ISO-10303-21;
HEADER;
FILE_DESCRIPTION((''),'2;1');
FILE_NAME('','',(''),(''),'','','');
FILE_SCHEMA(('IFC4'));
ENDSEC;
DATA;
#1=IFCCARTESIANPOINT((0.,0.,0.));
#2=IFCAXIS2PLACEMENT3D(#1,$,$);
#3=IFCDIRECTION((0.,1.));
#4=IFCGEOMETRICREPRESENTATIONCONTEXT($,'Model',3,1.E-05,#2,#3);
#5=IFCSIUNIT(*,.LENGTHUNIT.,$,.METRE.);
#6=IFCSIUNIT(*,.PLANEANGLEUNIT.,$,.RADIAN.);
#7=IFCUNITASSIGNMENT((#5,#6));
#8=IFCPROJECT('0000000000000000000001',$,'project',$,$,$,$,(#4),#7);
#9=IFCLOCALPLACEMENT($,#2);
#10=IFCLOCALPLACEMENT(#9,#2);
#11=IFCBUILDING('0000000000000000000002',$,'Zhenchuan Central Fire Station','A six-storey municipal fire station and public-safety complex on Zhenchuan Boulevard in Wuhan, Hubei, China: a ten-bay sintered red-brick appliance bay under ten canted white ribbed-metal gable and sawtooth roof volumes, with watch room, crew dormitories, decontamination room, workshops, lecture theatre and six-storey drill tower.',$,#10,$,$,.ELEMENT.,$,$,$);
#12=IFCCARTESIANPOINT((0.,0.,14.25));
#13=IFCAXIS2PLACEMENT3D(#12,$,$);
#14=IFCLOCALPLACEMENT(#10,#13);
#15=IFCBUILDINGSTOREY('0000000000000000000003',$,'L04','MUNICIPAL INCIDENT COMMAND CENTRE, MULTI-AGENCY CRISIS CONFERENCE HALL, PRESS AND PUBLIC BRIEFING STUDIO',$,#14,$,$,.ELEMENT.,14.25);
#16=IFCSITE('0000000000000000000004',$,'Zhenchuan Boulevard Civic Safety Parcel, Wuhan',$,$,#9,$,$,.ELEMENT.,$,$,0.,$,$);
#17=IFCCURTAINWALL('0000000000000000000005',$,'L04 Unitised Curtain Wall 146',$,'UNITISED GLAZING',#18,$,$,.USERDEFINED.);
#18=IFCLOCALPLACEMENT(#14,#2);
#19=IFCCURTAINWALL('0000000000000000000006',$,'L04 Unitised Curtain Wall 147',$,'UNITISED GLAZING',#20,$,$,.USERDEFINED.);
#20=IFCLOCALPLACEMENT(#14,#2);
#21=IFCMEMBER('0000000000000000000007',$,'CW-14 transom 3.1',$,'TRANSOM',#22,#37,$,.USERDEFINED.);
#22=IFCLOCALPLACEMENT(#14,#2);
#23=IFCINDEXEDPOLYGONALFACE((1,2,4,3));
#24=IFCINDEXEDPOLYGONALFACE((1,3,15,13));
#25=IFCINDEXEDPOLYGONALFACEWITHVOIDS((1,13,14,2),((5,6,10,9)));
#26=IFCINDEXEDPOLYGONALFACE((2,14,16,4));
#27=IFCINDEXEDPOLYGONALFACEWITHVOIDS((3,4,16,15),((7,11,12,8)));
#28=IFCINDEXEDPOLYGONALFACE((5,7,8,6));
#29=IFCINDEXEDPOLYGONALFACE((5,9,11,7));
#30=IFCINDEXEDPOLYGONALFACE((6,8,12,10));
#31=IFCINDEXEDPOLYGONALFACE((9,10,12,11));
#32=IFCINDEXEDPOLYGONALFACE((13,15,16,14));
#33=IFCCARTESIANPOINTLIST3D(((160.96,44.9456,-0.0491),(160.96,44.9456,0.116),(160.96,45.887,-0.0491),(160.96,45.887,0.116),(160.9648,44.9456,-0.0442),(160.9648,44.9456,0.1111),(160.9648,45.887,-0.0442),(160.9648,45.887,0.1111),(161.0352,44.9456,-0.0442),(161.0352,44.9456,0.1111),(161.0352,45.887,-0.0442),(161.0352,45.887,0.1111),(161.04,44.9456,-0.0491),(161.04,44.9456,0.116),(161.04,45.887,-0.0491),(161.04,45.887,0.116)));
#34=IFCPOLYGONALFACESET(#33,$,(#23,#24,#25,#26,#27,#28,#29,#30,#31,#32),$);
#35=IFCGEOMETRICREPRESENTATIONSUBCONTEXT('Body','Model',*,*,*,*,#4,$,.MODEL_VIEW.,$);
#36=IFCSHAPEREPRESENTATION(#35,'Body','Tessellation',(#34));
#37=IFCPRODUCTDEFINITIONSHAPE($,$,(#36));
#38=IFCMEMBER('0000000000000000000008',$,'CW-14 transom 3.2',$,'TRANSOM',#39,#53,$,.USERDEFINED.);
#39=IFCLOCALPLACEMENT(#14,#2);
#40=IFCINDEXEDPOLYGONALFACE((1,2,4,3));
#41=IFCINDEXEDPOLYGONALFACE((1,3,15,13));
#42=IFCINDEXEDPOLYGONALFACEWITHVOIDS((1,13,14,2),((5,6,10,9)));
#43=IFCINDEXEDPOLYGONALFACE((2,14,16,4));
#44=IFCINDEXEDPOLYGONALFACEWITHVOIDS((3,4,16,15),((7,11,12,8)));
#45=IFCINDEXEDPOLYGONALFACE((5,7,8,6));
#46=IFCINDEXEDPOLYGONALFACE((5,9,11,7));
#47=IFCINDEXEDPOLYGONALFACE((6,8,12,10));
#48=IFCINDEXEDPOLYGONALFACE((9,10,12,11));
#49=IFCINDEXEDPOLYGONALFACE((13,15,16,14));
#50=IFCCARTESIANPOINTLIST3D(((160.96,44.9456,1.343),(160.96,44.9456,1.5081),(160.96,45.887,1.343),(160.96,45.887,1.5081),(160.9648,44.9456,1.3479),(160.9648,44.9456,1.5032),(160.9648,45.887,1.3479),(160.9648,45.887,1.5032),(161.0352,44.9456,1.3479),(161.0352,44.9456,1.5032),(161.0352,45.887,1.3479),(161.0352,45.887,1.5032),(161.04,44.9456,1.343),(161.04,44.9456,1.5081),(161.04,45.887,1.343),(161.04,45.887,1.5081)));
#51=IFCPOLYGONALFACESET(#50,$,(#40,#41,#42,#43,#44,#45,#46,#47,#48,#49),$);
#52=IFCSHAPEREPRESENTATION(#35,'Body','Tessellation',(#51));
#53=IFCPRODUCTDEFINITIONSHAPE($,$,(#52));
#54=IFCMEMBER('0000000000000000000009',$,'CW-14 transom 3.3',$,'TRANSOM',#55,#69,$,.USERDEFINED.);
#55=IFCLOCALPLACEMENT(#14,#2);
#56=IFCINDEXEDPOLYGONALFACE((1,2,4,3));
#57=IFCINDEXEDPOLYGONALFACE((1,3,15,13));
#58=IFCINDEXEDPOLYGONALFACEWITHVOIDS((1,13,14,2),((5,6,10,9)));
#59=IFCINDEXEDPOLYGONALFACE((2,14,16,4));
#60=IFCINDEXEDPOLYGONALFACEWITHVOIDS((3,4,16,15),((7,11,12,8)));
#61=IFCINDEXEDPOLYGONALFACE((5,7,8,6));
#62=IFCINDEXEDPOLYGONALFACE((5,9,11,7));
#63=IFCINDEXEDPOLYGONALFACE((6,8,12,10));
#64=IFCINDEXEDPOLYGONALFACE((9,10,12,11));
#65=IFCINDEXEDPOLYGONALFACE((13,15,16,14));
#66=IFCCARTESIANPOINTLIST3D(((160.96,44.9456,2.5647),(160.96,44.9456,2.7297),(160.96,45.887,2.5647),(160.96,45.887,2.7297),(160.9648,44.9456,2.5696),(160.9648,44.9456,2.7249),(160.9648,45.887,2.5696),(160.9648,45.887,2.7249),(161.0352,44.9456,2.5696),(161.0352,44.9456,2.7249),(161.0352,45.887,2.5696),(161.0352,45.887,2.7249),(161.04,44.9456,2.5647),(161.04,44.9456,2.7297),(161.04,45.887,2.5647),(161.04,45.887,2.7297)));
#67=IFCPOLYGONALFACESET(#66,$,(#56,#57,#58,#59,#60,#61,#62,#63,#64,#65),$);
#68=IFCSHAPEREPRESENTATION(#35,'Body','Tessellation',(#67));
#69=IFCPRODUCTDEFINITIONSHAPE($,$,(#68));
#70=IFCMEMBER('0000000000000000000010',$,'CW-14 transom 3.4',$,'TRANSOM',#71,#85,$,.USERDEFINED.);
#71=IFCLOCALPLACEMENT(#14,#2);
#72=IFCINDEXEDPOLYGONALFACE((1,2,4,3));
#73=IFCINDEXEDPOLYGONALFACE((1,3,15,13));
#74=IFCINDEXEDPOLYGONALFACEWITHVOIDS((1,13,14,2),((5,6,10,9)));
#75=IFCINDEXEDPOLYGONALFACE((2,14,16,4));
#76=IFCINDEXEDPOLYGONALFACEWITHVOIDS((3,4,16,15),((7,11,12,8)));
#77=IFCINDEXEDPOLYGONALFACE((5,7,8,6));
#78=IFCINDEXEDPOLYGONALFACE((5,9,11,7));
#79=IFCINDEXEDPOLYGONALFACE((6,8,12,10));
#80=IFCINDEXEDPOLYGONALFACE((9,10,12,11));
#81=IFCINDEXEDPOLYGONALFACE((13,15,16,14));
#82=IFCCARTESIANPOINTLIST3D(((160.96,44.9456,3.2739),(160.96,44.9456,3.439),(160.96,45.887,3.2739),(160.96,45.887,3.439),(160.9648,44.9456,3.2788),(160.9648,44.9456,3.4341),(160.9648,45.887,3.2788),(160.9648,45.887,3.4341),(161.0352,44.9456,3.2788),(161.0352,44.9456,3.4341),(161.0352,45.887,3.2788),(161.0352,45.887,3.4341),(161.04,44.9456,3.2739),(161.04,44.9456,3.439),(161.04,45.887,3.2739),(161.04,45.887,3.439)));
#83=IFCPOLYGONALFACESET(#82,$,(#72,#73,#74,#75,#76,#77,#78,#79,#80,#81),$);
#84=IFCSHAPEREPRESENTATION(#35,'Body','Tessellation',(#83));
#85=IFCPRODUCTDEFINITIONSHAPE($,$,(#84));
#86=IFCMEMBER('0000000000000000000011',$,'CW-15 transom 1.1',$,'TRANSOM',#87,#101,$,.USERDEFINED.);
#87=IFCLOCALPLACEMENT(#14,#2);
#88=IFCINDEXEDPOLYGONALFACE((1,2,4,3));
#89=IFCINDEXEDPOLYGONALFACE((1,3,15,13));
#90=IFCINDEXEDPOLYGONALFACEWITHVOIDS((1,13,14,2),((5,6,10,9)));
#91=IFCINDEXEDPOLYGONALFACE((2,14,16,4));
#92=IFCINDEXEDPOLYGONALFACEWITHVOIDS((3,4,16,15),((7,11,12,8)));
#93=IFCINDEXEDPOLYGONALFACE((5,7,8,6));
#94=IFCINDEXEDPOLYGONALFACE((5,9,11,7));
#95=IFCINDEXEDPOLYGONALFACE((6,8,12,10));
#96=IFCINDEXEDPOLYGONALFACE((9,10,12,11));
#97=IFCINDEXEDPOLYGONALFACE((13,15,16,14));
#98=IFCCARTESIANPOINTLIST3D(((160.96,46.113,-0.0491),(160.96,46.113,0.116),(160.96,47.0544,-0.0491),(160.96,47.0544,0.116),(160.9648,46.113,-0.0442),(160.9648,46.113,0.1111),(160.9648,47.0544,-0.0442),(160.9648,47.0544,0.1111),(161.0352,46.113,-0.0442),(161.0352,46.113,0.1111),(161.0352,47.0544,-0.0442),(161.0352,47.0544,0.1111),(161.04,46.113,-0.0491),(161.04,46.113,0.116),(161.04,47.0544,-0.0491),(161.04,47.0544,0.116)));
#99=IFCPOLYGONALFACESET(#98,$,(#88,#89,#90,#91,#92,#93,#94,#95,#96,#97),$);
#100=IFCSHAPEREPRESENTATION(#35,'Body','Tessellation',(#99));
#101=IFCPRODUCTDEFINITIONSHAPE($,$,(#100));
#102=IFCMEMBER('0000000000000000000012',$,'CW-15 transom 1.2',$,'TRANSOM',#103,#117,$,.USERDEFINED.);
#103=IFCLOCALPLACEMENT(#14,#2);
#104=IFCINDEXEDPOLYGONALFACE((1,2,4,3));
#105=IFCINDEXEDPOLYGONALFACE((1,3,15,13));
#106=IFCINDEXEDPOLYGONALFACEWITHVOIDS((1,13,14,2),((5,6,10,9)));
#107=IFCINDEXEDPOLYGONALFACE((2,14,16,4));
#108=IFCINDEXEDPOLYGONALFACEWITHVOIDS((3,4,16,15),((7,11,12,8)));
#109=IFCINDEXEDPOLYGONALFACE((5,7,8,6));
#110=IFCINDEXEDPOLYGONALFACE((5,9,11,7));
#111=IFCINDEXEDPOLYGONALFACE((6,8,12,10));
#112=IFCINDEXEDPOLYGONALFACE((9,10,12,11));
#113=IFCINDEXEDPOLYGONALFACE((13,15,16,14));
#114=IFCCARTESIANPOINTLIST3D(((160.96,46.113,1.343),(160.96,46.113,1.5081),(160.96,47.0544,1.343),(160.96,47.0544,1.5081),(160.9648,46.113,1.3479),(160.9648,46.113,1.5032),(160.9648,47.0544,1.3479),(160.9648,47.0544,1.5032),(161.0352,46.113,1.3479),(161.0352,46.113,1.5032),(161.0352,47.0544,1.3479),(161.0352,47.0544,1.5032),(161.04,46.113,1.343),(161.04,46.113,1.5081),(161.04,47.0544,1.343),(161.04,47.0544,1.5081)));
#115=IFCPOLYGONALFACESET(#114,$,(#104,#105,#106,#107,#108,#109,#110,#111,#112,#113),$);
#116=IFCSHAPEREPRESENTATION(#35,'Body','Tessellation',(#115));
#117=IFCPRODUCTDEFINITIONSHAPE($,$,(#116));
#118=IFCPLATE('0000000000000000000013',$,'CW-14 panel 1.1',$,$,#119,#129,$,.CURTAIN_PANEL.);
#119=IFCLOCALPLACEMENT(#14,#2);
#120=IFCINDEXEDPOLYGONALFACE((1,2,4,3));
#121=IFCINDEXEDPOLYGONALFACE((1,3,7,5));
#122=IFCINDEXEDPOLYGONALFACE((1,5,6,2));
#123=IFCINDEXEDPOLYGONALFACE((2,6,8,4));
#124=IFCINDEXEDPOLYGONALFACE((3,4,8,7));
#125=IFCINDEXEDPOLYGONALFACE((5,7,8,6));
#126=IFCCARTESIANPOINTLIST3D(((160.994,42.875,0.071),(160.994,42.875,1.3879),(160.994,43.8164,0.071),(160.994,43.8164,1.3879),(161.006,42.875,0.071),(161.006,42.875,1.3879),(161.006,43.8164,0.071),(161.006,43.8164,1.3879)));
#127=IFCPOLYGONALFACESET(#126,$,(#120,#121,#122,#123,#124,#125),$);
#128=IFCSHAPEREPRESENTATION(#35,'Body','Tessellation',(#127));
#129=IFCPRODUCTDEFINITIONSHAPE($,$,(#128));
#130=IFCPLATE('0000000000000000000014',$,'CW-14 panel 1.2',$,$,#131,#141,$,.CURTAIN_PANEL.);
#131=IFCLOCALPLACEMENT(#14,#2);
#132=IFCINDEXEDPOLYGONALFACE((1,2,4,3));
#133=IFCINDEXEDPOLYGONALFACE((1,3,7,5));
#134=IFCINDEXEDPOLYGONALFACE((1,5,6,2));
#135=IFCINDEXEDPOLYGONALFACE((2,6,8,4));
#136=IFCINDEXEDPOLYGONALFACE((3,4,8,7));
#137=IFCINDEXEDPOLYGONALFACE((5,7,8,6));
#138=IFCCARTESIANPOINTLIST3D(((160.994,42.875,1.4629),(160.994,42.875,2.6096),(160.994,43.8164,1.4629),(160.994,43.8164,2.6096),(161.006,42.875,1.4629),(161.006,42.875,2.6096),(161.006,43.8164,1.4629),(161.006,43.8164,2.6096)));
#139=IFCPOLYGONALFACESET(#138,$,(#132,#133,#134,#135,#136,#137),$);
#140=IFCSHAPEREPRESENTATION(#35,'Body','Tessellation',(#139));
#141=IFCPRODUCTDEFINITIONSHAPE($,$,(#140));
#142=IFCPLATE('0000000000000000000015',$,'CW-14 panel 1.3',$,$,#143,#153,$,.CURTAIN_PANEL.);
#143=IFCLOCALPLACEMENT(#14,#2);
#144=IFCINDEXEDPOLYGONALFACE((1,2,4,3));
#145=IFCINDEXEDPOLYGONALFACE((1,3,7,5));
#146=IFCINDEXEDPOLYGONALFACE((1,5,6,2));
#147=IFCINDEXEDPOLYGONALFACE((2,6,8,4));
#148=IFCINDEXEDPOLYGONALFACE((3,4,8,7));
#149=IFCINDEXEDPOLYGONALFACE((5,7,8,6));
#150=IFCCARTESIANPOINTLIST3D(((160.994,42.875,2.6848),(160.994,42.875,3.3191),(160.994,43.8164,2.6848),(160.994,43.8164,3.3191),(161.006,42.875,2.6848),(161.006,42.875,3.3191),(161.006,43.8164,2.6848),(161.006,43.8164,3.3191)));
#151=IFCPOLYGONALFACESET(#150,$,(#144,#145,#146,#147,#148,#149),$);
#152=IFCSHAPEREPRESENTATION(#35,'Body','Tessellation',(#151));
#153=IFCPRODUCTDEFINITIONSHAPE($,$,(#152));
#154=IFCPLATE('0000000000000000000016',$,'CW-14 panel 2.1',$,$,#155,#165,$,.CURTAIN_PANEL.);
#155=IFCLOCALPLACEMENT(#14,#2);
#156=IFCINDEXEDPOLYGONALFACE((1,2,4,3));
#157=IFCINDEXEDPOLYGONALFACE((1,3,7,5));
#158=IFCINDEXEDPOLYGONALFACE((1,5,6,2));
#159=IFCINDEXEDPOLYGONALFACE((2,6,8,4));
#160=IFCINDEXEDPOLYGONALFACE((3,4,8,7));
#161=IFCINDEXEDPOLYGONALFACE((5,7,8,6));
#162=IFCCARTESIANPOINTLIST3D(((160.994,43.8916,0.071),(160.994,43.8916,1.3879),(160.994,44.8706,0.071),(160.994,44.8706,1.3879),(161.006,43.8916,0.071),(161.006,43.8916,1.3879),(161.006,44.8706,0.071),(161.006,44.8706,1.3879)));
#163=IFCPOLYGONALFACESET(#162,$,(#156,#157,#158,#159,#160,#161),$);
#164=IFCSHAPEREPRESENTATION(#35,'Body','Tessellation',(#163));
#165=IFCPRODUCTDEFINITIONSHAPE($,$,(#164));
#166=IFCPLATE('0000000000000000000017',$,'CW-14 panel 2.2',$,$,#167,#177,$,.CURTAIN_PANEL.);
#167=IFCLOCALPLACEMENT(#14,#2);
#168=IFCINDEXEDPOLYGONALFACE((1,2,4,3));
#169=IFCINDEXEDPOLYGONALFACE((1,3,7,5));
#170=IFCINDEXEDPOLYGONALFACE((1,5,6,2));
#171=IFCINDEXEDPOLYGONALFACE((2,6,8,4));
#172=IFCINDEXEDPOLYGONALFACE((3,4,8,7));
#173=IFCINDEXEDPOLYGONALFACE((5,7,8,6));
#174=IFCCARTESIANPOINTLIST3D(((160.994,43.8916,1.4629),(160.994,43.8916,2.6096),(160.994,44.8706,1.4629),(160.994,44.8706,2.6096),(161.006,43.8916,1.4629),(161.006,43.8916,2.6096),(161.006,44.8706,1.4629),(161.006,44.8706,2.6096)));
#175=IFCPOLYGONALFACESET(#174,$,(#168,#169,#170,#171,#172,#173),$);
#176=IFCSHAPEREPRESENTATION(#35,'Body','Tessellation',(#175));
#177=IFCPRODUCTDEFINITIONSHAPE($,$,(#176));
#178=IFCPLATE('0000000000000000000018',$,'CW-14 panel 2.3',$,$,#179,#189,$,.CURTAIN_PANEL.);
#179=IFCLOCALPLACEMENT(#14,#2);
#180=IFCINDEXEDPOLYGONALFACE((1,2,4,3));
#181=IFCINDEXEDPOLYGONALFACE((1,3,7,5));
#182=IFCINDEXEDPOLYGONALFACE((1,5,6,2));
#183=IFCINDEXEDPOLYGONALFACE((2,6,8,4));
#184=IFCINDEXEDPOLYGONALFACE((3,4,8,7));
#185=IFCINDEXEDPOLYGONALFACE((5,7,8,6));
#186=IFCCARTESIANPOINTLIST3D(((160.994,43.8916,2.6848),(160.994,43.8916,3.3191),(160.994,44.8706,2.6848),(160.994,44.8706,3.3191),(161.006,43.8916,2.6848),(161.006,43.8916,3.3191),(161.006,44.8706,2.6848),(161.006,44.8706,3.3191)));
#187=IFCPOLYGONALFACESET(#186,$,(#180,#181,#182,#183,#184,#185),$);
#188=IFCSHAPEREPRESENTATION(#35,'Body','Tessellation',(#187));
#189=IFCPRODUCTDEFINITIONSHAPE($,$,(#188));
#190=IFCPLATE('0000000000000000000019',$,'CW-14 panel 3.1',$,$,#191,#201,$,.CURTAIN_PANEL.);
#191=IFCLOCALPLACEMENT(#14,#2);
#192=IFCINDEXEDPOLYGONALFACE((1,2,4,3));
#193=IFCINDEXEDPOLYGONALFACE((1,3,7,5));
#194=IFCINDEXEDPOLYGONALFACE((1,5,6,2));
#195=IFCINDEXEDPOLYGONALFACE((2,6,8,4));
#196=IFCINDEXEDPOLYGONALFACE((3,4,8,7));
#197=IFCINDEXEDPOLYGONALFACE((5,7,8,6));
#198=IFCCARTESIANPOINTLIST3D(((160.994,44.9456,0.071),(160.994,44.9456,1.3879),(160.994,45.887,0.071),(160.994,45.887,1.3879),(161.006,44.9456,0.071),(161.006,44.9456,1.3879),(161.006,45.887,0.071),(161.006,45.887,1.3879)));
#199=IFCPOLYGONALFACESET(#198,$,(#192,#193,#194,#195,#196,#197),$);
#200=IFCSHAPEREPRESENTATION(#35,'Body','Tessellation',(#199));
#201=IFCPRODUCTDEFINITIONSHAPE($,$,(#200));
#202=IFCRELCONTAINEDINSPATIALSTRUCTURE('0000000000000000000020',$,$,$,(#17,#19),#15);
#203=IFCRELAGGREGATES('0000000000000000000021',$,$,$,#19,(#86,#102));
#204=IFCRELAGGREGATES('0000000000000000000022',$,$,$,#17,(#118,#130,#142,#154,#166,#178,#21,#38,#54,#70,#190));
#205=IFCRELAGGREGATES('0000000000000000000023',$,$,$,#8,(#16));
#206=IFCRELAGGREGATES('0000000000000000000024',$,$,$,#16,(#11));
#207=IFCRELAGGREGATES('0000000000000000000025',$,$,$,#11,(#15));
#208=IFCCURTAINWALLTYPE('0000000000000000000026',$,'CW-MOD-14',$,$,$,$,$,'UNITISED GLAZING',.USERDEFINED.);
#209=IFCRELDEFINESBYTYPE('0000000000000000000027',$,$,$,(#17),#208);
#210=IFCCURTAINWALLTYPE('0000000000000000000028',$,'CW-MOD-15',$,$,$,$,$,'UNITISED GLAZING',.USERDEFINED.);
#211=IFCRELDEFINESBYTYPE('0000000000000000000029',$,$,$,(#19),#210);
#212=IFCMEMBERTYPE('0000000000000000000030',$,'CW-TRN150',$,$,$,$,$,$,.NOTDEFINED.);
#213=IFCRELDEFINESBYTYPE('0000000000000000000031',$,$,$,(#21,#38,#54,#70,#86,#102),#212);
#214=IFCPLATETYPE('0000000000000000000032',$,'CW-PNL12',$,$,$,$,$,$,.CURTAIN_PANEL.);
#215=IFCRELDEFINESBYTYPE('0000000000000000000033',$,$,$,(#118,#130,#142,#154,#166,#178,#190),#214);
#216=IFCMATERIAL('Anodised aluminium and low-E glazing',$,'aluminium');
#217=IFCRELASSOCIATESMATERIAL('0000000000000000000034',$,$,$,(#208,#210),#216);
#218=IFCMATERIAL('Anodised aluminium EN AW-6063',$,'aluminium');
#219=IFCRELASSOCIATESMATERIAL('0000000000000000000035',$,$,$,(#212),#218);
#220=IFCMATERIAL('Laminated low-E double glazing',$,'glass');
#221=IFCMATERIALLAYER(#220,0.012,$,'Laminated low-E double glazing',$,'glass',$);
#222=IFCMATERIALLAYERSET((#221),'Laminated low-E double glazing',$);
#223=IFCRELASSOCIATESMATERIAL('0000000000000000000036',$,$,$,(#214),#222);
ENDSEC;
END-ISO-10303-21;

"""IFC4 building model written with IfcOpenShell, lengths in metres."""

from ifc_helpers import new_model, si_unit, direction, frame, origin, origin_2d, place, context, subcontext, project, spatial, rectangle, hollow_rectangle, extrude, material, layer, layer_set, material_profile, profile_set, type_object, element, aggregate, save


model = new_model("IFC4")

# Units and contexts
model_context = context("Model", 3, precision=1e-05, world=origin(), true_north=direction((0.0, 1.0)))
body_context = subcontext(model_context, "Body", "Model", "MODEL_VIEW")
ifc_project = project(units=[si_unit("LENGTHUNIT", "METRE"), si_unit("PLANEANGLEUNIT", "RADIAN")], contexts=[model_context])

# Site, building, storey
site_placement = place(None, origin())
site = spatial("IfcSite", under=ifc_project, at=site_placement, Name="Zhenchuan Boulevard Civic Safety Parcel, Wuhan", CompositionType="ELEMENT", RefElevation=0.0)
building_placement = place(site_placement, origin())
building = spatial("IfcBuilding", under=site, at=building_placement, Name="Zhenchuan Central Fire Station", Description="A six-storey municipal fire station and public-safety complex on Zhenchuan Boulevard in Wuhan, Hubei, China: a ten-bay sintered red-brick appliance bay under ten canted white ribbed-metal gable and sawtooth roof volumes, with watch room, crew dormitories, decontamination room, workshops, lecture theatre and six-storey drill tower.", CompositionType="ELEMENT")
storey_placement = place(building_placement, frame((0.0, 0.0, 14.25)))
storey = spatial("IfcBuildingStorey", under=building, at=storey_placement, Name="L04", Description="MUNICIPAL INCIDENT COMMAND CENTRE, MULTI-AGENCY CRISIS CONFERENCE HALL, PRESS AND PUBLIC BRIEFING STUDIO", CompositionType="ELEMENT", Elevation=14.25)

# Curtain wall
ifc_material_1 = material(Name="Anodised aluminium and low-E glazing", Category="aluminium")
curtain_wall_type_1 = type_object("IfcCurtainWallType", Name="CW-MOD-14", ElementType="UNITISED GLAZING", PredefinedType="USERDEFINED", material=ifc_material_1)
curtain_wall_1_placement = place(storey_placement, origin())
curtain_wall_1 = element("IfcCurtainWall", 1, at=curtain_wall_1_placement, inside=storey, type_object=curtain_wall_type_1, Name="L04 Unitised Curtain Wall 146", ObjectType="UNITISED GLAZING", PredefinedType="USERDEFINED")
ifc_material_2 = material(Name="Anodised aluminium EN AW-6063", Category="aluminium")

# Curtain wall
curtain_wall_type_2 = type_object("IfcCurtainWallType", Name="CW-MOD-15", ElementType="UNITISED GLAZING", PredefinedType="USERDEFINED", material=ifc_material_1)
curtain_wall_2_placement = place(storey_placement, origin())
curtain_wall_2 = element("IfcCurtainWall", 2, at=curtain_wall_2_placement, inside=storey, type_object=curtain_wall_type_2, Name="L04 Unitised Curtain Wall 147", ObjectType="UNITISED GLAZING", PredefinedType="USERDEFINED")

# Members
ifc_material_profile_1 = material_profile(ifc_material_2, hollow_rectangle(XDim=0.0801, YDim=0.165, WallThickness=0.0049, at=origin_2d()), Name="ALU-T 165x80")
ifc_profile_set_1 = profile_set([ifc_material_profile_1], Name="Anodised aluminium EN AW-6063")
member_type_1 = type_object("IfcMemberType", Name="CW-TRN150", PredefinedType="NOTDEFINED", material=ifc_profile_set_1)
member_1_placement = place(storey_placement, frame((161.0, 44.9456, 0.0334), z_axis=(0.0, 1.0, 0.0), x_axis=(-1.0, 0.0, 0.0)))
member_1 = element("IfcMember", 3, at=member_1_placement, type_object=member_type_1, Name="CW-14 transom 3.1", ObjectType="TRANSOM", PredefinedType="USERDEFINED", context=body_context, shape_type="SweptSolid", body=[
    extrude(hollow_rectangle(XDim=0.0801, YDim=0.165, WallThickness=0.0049, at=origin_2d()), origin(), (0.0, 0.0, 1.0), 0.9414),
])
member_2_placement = place(storey_placement, frame((161.0, 44.9456, 1.4255), z_axis=(0.0, 1.0, 0.0), x_axis=(-1.0, 0.0, 0.0)))
member_2 = element("IfcMember", 4, at=member_2_placement, type_object=member_type_1, Name="CW-14 transom 3.2", ObjectType="TRANSOM", PredefinedType="USERDEFINED", context=body_context, shape_type="SweptSolid", body=[
    extrude(hollow_rectangle(XDim=0.0801, YDim=0.165, WallThickness=0.0049, at=origin_2d()), origin(), (0.0, 0.0, 1.0), 0.9414),
])
member_3_placement = place(storey_placement, frame((161.0, 44.9456, 2.6472), z_axis=(0.0, 1.0, 0.0), x_axis=(-1.0, 0.0, 0.0)))
member_3 = element("IfcMember", 5, at=member_3_placement, type_object=member_type_1, Name="CW-14 transom 3.3", ObjectType="TRANSOM", PredefinedType="USERDEFINED", context=body_context, shape_type="SweptSolid", body=[
    extrude(hollow_rectangle(XDim=0.0801, YDim=0.165, WallThickness=0.0049, at=origin_2d()), origin(), (0.0, 0.0, 1.0), 0.9414),
])
member_4_placement = place(storey_placement, frame((161.0, 44.9456, 3.3564), z_axis=(0.0, 1.0, 0.0), x_axis=(-1.0, 0.0, 0.0)))
member_4 = element("IfcMember", 6, at=member_4_placement, type_object=member_type_1, Name="CW-14 transom 3.4", ObjectType="TRANSOM", PredefinedType="USERDEFINED", context=body_context, shape_type="SweptSolid", body=[
    extrude(hollow_rectangle(XDim=0.0801, YDim=0.165, WallThickness=0.0049, at=origin_2d()), origin(), (0.0, 0.0, 1.0), 0.9414),
])
member_5_placement = place(storey_placement, frame((161.0, 46.113, 0.0334), z_axis=(0.0, 1.0, 0.0), x_axis=(-1.0, 0.0, 0.0)))
member_5 = element("IfcMember", 7, at=member_5_placement, type_object=member_type_1, Name="CW-15 transom 1.1", ObjectType="TRANSOM", PredefinedType="USERDEFINED", context=body_context, shape_type="SweptSolid", body=[
    extrude(hollow_rectangle(XDim=0.0801, YDim=0.165, WallThickness=0.0049, at=origin_2d()), origin(), (0.0, 0.0, 1.0), 0.9414),
])
member_6_placement = place(storey_placement, frame((161.0, 46.113, 1.4255), z_axis=(0.0, 1.0, 0.0), x_axis=(-1.0, 0.0, 0.0)))
member_6 = element("IfcMember", 8, at=member_6_placement, type_object=member_type_1, Name="CW-15 transom 1.2", ObjectType="TRANSOM", PredefinedType="USERDEFINED", context=body_context, shape_type="SweptSolid", body=[
    extrude(hollow_rectangle(XDim=0.0801, YDim=0.165, WallThickness=0.0049, at=origin_2d()), origin(), (0.0, 0.0, 1.0), 0.9414),
])
aggregate(curtain_wall_2, [member_5, member_6])

# Plates
ifc_material_3 = material(Name="Laminated low-E double glazing", Category="glass")
ifc_layer = layer(ifc_material_3, 0.012, Name="Laminated low-E double glazing", Category="glass")
ifc_layer_set = layer_set([ifc_layer], Name="Laminated low-E double glazing")
plate_type = type_object("IfcPlateType", Name="CW-PNL12", PredefinedType="CURTAIN_PANEL", material=ifc_layer_set)
plate_1_placement = place(storey_placement, frame((161.0, 43.3457, 0.071), z_axis=(0.0, 0.0, 1.0), x_axis=(0.0, 1.0, 0.0)))
plate_1 = element("IfcPlate", 9, at=plate_1_placement, type_object=plate_type, Name="CW-14 panel 1.1", PredefinedType="CURTAIN_PANEL", context=body_context, shape_type="SweptSolid", body=[
    extrude(rectangle(XDim=0.9414, YDim=0.012, at=origin_2d()), origin(), (0.0, 0.0, 1.0), 1.3169),
])
plate_2_placement = place(storey_placement, frame((161.0, 43.3457, 1.4629), z_axis=(0.0, 0.0, 1.0), x_axis=(0.0, 1.0, 0.0)))
plate_2 = element("IfcPlate", 10, at=plate_2_placement, type_object=plate_type, Name="CW-14 panel 1.2", PredefinedType="CURTAIN_PANEL", context=body_context, shape_type="SweptSolid", body=[
    extrude(rectangle(XDim=0.9414, YDim=0.012, at=origin_2d()), origin(), (0.0, 0.0, 1.0), 1.1467),
])
plate_3_placement = place(storey_placement, frame((161.0, 43.3457, 2.6848), z_axis=(0.0, 0.0, 1.0), x_axis=(0.0, 1.0, 0.0)))
plate_3 = element("IfcPlate", 11, at=plate_3_placement, type_object=plate_type, Name="CW-14 panel 1.3", PredefinedType="CURTAIN_PANEL", context=body_context, shape_type="SweptSolid", body=[
    extrude(rectangle(XDim=0.9414, YDim=0.012, at=origin_2d()), origin(), (0.0, 0.0, 1.0), 0.6343),
])
plate_4_placement = place(storey_placement, frame((161.0, 44.3811, 0.071), z_axis=(0.0, 0.0, 1.0), x_axis=(0.0, 1.0, 0.0)))
plate_4 = element("IfcPlate", 12, at=plate_4_placement, type_object=plate_type, Name="CW-14 panel 2.1", PredefinedType="CURTAIN_PANEL", context=body_context, shape_type="SweptSolid", body=[
    extrude(rectangle(XDim=0.979, YDim=0.012, at=origin_2d()), origin(), (0.0, 0.0, 1.0), 1.3169),
])
plate_5_placement = place(storey_placement, frame((161.0, 44.3811, 1.4629), z_axis=(0.0, 0.0, 1.0), x_axis=(0.0, 1.0, 0.0)))
plate_5 = element("IfcPlate", 13, at=plate_5_placement, type_object=plate_type, Name="CW-14 panel 2.2", PredefinedType="CURTAIN_PANEL", context=body_context, shape_type="SweptSolid", body=[
    extrude(rectangle(XDim=0.979, YDim=0.012, at=origin_2d()), origin(), (0.0, 0.0, 1.0), 1.1467),
])
plate_6_placement = place(storey_placement, frame((161.0, 44.3811, 2.6848), z_axis=(0.0, 0.0, 1.0), x_axis=(0.0, 1.0, 0.0)))
plate_6 = element("IfcPlate", 14, at=plate_6_placement, type_object=plate_type, Name="CW-14 panel 2.3", PredefinedType="CURTAIN_PANEL", context=body_context, shape_type="SweptSolid", body=[
    extrude(rectangle(XDim=0.979, YDim=0.012, at=origin_2d()), origin(), (0.0, 0.0, 1.0), 0.6343),
])
plate_7_placement = place(storey_placement, frame((161.0, 45.4163, 0.071), z_axis=(0.0, 0.0, 1.0), x_axis=(0.0, 1.0, 0.0)))
plate_7 = element("IfcPlate", 15, at=plate_7_placement, type_object=plate_type, Name="CW-14 panel 3.1", PredefinedType="CURTAIN_PANEL", context=body_context, shape_type="SweptSolid", body=[
    extrude(rectangle(XDim=0.9414, YDim=0.012, at=origin_2d()), origin(), (0.0, 0.0, 1.0), 1.3169),
])
aggregate(curtain_wall_1, [plate_1, plate_2, plate_3, plate_4, plate_5, plate_6, member_1, member_2, member_3, member_4, plate_7])

save(model, "model.ifc")
